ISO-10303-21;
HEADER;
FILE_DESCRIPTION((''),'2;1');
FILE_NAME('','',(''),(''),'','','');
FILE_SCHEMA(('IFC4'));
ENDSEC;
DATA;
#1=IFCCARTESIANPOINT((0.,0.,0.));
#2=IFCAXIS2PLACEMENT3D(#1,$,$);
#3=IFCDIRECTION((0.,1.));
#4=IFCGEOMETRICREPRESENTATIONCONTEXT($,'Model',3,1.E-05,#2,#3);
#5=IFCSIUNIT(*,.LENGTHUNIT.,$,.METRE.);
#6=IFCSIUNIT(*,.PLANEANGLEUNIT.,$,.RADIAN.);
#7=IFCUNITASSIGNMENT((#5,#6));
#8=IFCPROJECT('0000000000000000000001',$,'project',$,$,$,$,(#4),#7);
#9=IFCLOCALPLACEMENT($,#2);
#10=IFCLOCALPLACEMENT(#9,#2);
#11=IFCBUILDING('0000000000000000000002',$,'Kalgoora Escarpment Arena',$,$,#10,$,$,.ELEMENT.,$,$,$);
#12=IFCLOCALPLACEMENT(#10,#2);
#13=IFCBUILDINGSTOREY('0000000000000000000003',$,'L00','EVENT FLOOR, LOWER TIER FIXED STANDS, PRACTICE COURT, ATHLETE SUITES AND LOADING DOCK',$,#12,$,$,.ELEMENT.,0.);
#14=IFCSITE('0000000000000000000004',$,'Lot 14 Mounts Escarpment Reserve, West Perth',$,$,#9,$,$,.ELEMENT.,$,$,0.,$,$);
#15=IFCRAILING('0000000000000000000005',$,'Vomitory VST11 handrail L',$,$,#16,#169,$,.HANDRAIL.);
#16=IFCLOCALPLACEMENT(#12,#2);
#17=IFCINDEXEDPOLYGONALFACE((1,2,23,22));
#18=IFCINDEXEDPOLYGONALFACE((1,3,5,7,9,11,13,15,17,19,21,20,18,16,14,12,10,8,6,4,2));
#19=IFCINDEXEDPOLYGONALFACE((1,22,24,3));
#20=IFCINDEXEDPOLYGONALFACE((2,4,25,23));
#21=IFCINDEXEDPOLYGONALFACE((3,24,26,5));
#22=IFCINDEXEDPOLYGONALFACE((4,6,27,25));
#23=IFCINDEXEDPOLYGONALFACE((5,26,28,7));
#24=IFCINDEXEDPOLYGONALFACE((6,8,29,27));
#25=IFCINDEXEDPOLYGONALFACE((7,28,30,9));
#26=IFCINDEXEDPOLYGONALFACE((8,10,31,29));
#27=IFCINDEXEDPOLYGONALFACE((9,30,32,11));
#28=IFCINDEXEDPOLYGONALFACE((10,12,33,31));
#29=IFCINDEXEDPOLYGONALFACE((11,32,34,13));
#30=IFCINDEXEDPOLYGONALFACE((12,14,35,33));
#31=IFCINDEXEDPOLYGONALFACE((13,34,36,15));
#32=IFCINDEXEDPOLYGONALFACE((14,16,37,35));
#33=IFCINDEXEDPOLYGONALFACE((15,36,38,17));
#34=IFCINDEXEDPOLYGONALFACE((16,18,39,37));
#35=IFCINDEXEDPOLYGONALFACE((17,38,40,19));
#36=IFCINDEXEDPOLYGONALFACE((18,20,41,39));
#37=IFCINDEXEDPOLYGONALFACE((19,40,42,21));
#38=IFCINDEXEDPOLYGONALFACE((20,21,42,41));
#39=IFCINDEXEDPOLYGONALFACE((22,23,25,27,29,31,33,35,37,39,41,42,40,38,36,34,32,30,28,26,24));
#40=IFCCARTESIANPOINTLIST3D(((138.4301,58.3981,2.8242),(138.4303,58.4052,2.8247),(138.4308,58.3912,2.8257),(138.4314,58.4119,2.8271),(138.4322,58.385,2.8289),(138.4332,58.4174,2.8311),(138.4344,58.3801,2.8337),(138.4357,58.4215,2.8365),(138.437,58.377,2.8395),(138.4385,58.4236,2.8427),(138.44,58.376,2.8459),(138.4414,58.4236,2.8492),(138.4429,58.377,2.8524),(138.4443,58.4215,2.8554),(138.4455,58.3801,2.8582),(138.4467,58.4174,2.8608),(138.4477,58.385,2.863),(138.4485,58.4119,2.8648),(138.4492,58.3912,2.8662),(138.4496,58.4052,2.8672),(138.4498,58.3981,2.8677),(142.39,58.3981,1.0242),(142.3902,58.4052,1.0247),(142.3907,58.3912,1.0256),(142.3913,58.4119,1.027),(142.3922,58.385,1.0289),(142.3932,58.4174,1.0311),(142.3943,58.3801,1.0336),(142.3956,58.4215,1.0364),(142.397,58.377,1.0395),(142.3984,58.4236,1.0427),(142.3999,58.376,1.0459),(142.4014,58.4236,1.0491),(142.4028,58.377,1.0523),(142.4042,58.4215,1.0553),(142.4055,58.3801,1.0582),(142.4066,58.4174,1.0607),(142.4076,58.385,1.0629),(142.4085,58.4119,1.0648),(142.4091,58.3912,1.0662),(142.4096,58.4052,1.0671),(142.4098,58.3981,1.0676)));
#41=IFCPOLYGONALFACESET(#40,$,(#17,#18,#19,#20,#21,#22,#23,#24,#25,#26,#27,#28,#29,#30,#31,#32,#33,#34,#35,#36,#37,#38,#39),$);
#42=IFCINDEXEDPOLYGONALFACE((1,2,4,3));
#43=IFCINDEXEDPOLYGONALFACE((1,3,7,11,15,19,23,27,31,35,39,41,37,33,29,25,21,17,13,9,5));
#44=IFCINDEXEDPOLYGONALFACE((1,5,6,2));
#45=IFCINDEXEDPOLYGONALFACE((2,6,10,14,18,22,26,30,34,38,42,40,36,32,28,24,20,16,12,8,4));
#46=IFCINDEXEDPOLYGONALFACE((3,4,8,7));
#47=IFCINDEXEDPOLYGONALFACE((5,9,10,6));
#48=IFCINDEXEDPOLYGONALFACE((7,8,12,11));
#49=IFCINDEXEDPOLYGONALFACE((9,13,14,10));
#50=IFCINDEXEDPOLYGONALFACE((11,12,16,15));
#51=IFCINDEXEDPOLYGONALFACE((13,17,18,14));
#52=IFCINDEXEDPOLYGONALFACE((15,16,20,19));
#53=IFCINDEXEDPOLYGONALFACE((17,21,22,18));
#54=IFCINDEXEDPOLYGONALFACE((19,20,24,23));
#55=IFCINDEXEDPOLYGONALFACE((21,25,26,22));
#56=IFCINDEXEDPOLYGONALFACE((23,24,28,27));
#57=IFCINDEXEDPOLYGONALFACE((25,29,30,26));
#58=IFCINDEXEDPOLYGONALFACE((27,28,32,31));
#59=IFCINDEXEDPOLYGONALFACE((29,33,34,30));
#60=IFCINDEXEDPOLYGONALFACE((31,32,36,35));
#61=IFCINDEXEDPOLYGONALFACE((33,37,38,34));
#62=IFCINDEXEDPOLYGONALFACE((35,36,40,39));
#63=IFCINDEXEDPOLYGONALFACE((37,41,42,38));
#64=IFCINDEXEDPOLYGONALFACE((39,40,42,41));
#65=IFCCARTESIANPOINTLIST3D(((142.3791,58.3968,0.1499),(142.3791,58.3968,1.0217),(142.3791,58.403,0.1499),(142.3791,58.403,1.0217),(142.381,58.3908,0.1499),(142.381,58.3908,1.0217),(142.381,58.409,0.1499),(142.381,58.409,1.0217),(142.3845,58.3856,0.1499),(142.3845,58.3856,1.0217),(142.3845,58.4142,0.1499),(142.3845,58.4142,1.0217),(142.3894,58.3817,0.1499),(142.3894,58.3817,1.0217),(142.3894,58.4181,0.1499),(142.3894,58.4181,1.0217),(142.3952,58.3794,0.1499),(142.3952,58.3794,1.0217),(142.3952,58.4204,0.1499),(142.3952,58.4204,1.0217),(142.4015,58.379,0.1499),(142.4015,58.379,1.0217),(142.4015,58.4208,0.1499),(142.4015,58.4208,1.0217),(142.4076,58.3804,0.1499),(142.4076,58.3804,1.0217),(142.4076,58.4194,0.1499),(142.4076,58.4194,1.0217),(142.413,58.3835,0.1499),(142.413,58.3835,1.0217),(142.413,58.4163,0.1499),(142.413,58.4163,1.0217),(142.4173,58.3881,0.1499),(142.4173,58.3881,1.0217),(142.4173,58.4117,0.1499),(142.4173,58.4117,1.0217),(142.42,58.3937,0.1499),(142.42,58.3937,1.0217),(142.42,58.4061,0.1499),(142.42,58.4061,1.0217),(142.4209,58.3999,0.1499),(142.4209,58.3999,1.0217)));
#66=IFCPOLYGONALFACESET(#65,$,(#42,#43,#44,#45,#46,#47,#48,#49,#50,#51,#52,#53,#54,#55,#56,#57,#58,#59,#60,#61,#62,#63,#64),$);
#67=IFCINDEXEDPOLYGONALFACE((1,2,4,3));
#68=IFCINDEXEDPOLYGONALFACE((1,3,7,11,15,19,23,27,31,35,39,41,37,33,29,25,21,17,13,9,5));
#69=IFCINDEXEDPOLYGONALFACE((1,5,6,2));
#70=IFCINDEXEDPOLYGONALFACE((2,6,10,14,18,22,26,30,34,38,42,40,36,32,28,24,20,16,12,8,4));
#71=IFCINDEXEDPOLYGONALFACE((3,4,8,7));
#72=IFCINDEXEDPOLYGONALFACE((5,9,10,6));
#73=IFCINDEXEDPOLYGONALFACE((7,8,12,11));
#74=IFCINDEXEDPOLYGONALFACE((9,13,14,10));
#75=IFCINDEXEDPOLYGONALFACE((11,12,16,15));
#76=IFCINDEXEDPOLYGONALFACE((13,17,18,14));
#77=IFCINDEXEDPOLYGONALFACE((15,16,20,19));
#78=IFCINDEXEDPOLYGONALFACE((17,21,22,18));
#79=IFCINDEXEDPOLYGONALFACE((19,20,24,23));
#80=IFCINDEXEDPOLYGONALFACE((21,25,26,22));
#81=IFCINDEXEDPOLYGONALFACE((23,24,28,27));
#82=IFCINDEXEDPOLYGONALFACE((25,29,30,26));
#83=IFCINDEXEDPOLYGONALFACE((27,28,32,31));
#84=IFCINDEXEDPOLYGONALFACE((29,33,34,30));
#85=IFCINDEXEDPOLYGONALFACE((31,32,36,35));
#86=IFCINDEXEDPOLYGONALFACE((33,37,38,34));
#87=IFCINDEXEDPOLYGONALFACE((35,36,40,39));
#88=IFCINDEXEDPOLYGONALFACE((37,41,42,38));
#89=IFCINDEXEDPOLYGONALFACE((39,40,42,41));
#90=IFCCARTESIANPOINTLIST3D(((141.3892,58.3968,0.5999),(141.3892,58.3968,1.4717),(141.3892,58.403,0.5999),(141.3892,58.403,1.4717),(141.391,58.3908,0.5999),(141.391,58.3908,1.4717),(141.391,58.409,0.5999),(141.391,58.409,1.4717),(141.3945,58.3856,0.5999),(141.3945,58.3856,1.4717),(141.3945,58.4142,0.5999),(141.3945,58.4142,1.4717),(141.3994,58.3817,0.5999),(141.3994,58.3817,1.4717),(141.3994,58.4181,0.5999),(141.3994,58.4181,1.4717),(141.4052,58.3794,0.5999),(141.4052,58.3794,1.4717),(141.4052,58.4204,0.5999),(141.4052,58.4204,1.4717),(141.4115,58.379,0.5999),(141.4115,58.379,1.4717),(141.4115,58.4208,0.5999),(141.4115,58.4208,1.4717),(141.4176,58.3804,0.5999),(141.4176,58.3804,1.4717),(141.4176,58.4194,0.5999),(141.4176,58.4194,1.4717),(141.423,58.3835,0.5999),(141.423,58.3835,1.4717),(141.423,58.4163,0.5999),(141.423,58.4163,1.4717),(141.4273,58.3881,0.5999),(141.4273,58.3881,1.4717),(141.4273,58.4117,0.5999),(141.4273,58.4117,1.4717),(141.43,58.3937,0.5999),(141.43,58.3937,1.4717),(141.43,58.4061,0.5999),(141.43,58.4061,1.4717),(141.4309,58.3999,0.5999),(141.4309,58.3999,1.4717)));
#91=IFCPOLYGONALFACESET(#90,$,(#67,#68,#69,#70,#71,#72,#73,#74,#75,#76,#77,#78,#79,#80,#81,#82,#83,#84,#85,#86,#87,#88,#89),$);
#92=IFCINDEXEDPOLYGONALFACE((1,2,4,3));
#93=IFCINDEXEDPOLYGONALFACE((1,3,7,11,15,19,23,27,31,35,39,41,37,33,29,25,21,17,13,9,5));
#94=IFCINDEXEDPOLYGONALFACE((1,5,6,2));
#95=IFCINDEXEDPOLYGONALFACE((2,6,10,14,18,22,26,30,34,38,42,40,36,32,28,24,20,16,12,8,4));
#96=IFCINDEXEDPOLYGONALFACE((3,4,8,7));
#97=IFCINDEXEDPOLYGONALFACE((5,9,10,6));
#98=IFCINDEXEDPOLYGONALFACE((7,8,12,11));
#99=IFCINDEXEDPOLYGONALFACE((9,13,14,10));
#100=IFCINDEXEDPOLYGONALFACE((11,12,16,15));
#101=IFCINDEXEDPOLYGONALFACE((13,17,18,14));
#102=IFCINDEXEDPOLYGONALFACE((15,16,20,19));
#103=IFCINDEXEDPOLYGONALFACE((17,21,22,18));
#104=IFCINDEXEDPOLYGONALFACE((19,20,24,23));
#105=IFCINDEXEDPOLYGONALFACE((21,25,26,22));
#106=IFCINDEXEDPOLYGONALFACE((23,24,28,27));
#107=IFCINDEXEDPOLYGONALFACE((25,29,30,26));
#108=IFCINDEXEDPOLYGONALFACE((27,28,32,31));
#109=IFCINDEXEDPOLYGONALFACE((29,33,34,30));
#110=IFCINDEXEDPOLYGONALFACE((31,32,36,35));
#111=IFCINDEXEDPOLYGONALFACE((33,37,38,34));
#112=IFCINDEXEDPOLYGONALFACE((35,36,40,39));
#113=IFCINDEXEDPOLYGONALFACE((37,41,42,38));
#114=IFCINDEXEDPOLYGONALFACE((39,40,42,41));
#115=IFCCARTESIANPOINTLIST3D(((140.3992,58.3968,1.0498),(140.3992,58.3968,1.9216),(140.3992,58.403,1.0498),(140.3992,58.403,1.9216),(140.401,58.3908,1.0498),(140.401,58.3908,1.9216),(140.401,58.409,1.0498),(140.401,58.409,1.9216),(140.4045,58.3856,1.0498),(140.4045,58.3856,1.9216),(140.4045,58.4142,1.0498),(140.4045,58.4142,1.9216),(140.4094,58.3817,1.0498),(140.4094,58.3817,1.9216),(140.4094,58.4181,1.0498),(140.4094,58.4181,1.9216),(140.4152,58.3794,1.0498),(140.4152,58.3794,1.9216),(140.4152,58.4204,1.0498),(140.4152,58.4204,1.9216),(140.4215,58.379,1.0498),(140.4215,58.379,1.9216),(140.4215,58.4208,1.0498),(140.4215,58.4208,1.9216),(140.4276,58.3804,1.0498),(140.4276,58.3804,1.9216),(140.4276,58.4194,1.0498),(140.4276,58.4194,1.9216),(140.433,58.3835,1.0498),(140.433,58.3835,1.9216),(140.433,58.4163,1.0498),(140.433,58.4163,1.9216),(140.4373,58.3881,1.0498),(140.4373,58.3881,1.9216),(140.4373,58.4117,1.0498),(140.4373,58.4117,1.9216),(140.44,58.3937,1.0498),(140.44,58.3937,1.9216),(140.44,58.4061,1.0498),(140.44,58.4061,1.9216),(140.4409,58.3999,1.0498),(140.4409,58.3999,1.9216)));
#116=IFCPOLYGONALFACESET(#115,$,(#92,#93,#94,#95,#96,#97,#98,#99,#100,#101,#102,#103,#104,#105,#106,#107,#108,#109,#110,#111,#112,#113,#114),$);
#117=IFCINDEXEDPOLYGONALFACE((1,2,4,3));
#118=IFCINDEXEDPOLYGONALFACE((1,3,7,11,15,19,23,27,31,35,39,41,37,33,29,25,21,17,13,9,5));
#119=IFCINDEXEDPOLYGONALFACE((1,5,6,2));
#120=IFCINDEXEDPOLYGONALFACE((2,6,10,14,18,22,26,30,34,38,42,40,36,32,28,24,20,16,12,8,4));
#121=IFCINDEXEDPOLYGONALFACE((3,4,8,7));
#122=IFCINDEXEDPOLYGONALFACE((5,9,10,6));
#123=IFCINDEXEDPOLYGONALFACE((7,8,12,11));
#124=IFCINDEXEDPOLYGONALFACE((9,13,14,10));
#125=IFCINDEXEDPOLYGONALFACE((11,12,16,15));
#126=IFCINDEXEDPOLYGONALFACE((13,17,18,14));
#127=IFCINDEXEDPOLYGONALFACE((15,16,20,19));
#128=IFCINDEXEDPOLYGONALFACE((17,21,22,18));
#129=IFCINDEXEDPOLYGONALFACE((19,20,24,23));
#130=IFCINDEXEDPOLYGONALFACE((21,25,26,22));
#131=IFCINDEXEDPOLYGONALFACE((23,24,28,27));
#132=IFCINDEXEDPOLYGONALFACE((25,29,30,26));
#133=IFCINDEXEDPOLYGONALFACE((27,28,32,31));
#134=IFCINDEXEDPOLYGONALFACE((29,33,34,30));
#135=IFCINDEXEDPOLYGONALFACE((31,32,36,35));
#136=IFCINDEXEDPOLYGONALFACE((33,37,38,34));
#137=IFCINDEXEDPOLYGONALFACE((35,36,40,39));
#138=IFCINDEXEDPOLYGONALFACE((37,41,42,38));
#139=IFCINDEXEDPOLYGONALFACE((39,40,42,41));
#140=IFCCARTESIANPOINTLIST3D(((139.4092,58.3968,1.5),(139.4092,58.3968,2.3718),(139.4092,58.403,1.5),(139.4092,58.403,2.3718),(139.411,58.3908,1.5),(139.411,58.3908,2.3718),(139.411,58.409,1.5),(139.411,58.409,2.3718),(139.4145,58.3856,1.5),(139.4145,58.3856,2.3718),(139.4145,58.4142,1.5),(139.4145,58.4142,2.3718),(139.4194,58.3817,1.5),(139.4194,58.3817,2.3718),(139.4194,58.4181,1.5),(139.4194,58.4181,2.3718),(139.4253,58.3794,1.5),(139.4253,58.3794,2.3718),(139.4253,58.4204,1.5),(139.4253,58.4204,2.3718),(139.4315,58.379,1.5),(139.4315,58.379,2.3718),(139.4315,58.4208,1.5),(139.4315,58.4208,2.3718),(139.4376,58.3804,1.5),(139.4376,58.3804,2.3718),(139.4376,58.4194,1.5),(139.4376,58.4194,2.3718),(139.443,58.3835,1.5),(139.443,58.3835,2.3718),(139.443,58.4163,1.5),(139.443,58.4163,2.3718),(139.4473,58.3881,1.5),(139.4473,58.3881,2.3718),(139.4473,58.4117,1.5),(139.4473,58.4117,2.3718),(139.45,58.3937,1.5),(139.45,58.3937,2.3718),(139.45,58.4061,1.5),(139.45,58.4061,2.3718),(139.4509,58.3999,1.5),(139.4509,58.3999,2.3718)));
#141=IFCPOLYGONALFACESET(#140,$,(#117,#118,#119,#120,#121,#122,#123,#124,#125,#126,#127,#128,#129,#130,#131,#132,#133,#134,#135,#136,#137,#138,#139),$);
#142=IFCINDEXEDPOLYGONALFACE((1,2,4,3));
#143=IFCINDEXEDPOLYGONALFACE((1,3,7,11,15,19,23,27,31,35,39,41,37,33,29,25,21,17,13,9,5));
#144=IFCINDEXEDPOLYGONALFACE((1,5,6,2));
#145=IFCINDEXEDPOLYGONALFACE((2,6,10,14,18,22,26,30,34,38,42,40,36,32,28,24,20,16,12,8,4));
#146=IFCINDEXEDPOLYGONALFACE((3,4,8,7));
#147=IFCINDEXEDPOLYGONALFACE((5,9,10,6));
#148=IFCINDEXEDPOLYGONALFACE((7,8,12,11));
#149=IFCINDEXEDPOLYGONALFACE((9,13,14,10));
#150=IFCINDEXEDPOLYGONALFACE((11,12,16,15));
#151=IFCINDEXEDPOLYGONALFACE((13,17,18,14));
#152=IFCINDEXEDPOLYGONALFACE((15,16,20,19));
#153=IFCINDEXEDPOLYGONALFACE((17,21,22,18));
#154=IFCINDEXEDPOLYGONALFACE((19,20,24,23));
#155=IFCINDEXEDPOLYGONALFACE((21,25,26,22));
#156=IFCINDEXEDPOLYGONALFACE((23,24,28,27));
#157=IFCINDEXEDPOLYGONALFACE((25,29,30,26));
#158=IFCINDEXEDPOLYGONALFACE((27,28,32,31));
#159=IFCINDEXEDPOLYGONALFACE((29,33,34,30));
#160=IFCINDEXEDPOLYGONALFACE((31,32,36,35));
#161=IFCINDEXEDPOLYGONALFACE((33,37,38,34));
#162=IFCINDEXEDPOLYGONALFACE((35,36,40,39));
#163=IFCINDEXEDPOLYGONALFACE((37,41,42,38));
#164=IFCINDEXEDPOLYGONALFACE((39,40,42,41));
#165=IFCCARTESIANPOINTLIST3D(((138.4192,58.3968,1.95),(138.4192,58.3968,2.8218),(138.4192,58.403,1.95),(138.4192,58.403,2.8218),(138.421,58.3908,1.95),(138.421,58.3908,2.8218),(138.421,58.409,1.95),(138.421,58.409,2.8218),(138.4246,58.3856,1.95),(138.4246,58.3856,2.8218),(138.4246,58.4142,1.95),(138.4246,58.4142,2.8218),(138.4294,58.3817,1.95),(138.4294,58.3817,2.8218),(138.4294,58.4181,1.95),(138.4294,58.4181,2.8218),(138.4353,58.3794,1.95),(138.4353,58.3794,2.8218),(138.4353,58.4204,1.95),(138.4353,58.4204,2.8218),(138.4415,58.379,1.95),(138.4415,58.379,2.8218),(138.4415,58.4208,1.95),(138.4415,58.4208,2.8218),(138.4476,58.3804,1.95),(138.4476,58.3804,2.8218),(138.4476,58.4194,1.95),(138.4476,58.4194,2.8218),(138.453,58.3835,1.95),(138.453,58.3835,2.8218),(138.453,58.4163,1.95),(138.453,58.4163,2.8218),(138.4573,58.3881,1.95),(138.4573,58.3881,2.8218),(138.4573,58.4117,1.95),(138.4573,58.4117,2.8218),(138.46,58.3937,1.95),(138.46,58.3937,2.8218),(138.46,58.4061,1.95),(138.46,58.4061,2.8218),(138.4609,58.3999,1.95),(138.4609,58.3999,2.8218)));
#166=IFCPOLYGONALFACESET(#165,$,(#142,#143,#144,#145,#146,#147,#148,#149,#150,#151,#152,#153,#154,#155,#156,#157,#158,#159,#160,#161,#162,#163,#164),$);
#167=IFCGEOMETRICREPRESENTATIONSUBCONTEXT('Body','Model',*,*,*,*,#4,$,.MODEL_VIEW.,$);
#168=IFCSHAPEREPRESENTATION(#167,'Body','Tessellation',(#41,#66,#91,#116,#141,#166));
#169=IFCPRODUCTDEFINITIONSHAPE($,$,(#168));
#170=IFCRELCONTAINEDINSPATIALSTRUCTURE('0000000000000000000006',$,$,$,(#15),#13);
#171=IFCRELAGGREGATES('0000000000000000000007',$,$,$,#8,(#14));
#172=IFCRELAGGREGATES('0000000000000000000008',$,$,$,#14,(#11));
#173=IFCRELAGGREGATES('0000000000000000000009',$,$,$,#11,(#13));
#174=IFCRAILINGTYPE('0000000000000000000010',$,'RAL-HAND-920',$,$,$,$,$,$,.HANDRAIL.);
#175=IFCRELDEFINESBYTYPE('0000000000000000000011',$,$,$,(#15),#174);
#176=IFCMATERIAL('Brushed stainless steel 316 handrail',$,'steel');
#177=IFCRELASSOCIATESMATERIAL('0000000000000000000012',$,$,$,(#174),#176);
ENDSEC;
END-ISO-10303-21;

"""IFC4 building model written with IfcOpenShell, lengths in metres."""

from ifc_helpers import new_model, si_unit, direction, frame, origin, origin_2d, place, context, subcontext, project, spatial, circle, extrude, material, type_object, element, save


model = new_model("IFC4")

# Units and contexts
model_context = context("Model", 3, precision=1e-05, world=origin(), true_north=direction((0.0, 1.0)))
body_context = subcontext(model_context, "Body", "Model", "MODEL_VIEW")
ifc_project = project(units=[si_unit("LENGTHUNIT", "METRE"), si_unit("PLANEANGLEUNIT", "RADIAN")], contexts=[model_context])

# Site, building, storey
site_placement = place(None, origin())
site = spatial("IfcSite", under=ifc_project, at=site_placement, Name="Lot 14 Mounts Escarpment Reserve, West Perth", CompositionType="ELEMENT", RefElevation=0.0)
building_placement = place(site_placement, origin())
building = spatial("IfcBuilding", under=site, at=building_placement, Name="Kalgoora Escarpment Arena", CompositionType="ELEMENT")
storey_placement = place(building_placement, origin())
storey = spatial("IfcBuildingStorey", under=building, at=storey_placement, Name="L00", Description="EVENT FLOOR, LOWER TIER FIXED STANDS, PRACTICE COURT, ATHLETE SUITES AND LOADING DOCK", CompositionType="ELEMENT", Elevation=0.0)

# Railing
ifc_material_1 = material(Name="Brushed stainless steel 316 handrail", Category="steel")
railing_type_1 = type_object("IfcRailingType", Name="RAL-HAND-920", PredefinedType="HANDRAIL", material=ifc_material_1)
for number, where, name in (
    (1, (142.3999, 58.3999, 0.1499), "Vomitory VST11 handrail L"),
):
    element("IfcRailing", number, at=place(storey_placement, frame(where)), inside=storey, type_object=railing_type_1, Name=name, PredefinedType="HANDRAIL", context=body_context, shape_type="SweptSolid", body=[
        extrude(circle(Radius=0.0239, at=origin_2d()), frame((0.0, 0.0, 0.896), z_axis=(-0.910361, 0.0, 0.413816), x_axis=(0.0, -1.0, 0.0)), (0.0, 0.0, 1.0), 4.3499),
        extrude(circle(Radius=0.021, at=origin_2d()), origin(), (0.0, 0.0, 1.0), 0.8718),
        extrude(circle(Radius=0.021, at=origin_2d()), frame((-0.99, 0.0, 0.45)), (0.0, 0.0, 1.0), 0.8718),
        extrude(circle(Radius=0.021, at=origin_2d()), frame((-1.98, 0.0, 0.8999)), (0.0, 0.0, 1.0), 0.8718),
        extrude(circle(Radius=0.021, at=origin_2d()), frame((-2.97, 0.0, 1.3501)), (0.0, 0.0, 1.0), 0.8718),
        extrude(circle(Radius=0.021, at=origin_2d()), frame((-3.96, 0.0, 1.8)), (0.0, 0.0, 1.0), 0.8718),
    ])

save(model, "model.ifc")
